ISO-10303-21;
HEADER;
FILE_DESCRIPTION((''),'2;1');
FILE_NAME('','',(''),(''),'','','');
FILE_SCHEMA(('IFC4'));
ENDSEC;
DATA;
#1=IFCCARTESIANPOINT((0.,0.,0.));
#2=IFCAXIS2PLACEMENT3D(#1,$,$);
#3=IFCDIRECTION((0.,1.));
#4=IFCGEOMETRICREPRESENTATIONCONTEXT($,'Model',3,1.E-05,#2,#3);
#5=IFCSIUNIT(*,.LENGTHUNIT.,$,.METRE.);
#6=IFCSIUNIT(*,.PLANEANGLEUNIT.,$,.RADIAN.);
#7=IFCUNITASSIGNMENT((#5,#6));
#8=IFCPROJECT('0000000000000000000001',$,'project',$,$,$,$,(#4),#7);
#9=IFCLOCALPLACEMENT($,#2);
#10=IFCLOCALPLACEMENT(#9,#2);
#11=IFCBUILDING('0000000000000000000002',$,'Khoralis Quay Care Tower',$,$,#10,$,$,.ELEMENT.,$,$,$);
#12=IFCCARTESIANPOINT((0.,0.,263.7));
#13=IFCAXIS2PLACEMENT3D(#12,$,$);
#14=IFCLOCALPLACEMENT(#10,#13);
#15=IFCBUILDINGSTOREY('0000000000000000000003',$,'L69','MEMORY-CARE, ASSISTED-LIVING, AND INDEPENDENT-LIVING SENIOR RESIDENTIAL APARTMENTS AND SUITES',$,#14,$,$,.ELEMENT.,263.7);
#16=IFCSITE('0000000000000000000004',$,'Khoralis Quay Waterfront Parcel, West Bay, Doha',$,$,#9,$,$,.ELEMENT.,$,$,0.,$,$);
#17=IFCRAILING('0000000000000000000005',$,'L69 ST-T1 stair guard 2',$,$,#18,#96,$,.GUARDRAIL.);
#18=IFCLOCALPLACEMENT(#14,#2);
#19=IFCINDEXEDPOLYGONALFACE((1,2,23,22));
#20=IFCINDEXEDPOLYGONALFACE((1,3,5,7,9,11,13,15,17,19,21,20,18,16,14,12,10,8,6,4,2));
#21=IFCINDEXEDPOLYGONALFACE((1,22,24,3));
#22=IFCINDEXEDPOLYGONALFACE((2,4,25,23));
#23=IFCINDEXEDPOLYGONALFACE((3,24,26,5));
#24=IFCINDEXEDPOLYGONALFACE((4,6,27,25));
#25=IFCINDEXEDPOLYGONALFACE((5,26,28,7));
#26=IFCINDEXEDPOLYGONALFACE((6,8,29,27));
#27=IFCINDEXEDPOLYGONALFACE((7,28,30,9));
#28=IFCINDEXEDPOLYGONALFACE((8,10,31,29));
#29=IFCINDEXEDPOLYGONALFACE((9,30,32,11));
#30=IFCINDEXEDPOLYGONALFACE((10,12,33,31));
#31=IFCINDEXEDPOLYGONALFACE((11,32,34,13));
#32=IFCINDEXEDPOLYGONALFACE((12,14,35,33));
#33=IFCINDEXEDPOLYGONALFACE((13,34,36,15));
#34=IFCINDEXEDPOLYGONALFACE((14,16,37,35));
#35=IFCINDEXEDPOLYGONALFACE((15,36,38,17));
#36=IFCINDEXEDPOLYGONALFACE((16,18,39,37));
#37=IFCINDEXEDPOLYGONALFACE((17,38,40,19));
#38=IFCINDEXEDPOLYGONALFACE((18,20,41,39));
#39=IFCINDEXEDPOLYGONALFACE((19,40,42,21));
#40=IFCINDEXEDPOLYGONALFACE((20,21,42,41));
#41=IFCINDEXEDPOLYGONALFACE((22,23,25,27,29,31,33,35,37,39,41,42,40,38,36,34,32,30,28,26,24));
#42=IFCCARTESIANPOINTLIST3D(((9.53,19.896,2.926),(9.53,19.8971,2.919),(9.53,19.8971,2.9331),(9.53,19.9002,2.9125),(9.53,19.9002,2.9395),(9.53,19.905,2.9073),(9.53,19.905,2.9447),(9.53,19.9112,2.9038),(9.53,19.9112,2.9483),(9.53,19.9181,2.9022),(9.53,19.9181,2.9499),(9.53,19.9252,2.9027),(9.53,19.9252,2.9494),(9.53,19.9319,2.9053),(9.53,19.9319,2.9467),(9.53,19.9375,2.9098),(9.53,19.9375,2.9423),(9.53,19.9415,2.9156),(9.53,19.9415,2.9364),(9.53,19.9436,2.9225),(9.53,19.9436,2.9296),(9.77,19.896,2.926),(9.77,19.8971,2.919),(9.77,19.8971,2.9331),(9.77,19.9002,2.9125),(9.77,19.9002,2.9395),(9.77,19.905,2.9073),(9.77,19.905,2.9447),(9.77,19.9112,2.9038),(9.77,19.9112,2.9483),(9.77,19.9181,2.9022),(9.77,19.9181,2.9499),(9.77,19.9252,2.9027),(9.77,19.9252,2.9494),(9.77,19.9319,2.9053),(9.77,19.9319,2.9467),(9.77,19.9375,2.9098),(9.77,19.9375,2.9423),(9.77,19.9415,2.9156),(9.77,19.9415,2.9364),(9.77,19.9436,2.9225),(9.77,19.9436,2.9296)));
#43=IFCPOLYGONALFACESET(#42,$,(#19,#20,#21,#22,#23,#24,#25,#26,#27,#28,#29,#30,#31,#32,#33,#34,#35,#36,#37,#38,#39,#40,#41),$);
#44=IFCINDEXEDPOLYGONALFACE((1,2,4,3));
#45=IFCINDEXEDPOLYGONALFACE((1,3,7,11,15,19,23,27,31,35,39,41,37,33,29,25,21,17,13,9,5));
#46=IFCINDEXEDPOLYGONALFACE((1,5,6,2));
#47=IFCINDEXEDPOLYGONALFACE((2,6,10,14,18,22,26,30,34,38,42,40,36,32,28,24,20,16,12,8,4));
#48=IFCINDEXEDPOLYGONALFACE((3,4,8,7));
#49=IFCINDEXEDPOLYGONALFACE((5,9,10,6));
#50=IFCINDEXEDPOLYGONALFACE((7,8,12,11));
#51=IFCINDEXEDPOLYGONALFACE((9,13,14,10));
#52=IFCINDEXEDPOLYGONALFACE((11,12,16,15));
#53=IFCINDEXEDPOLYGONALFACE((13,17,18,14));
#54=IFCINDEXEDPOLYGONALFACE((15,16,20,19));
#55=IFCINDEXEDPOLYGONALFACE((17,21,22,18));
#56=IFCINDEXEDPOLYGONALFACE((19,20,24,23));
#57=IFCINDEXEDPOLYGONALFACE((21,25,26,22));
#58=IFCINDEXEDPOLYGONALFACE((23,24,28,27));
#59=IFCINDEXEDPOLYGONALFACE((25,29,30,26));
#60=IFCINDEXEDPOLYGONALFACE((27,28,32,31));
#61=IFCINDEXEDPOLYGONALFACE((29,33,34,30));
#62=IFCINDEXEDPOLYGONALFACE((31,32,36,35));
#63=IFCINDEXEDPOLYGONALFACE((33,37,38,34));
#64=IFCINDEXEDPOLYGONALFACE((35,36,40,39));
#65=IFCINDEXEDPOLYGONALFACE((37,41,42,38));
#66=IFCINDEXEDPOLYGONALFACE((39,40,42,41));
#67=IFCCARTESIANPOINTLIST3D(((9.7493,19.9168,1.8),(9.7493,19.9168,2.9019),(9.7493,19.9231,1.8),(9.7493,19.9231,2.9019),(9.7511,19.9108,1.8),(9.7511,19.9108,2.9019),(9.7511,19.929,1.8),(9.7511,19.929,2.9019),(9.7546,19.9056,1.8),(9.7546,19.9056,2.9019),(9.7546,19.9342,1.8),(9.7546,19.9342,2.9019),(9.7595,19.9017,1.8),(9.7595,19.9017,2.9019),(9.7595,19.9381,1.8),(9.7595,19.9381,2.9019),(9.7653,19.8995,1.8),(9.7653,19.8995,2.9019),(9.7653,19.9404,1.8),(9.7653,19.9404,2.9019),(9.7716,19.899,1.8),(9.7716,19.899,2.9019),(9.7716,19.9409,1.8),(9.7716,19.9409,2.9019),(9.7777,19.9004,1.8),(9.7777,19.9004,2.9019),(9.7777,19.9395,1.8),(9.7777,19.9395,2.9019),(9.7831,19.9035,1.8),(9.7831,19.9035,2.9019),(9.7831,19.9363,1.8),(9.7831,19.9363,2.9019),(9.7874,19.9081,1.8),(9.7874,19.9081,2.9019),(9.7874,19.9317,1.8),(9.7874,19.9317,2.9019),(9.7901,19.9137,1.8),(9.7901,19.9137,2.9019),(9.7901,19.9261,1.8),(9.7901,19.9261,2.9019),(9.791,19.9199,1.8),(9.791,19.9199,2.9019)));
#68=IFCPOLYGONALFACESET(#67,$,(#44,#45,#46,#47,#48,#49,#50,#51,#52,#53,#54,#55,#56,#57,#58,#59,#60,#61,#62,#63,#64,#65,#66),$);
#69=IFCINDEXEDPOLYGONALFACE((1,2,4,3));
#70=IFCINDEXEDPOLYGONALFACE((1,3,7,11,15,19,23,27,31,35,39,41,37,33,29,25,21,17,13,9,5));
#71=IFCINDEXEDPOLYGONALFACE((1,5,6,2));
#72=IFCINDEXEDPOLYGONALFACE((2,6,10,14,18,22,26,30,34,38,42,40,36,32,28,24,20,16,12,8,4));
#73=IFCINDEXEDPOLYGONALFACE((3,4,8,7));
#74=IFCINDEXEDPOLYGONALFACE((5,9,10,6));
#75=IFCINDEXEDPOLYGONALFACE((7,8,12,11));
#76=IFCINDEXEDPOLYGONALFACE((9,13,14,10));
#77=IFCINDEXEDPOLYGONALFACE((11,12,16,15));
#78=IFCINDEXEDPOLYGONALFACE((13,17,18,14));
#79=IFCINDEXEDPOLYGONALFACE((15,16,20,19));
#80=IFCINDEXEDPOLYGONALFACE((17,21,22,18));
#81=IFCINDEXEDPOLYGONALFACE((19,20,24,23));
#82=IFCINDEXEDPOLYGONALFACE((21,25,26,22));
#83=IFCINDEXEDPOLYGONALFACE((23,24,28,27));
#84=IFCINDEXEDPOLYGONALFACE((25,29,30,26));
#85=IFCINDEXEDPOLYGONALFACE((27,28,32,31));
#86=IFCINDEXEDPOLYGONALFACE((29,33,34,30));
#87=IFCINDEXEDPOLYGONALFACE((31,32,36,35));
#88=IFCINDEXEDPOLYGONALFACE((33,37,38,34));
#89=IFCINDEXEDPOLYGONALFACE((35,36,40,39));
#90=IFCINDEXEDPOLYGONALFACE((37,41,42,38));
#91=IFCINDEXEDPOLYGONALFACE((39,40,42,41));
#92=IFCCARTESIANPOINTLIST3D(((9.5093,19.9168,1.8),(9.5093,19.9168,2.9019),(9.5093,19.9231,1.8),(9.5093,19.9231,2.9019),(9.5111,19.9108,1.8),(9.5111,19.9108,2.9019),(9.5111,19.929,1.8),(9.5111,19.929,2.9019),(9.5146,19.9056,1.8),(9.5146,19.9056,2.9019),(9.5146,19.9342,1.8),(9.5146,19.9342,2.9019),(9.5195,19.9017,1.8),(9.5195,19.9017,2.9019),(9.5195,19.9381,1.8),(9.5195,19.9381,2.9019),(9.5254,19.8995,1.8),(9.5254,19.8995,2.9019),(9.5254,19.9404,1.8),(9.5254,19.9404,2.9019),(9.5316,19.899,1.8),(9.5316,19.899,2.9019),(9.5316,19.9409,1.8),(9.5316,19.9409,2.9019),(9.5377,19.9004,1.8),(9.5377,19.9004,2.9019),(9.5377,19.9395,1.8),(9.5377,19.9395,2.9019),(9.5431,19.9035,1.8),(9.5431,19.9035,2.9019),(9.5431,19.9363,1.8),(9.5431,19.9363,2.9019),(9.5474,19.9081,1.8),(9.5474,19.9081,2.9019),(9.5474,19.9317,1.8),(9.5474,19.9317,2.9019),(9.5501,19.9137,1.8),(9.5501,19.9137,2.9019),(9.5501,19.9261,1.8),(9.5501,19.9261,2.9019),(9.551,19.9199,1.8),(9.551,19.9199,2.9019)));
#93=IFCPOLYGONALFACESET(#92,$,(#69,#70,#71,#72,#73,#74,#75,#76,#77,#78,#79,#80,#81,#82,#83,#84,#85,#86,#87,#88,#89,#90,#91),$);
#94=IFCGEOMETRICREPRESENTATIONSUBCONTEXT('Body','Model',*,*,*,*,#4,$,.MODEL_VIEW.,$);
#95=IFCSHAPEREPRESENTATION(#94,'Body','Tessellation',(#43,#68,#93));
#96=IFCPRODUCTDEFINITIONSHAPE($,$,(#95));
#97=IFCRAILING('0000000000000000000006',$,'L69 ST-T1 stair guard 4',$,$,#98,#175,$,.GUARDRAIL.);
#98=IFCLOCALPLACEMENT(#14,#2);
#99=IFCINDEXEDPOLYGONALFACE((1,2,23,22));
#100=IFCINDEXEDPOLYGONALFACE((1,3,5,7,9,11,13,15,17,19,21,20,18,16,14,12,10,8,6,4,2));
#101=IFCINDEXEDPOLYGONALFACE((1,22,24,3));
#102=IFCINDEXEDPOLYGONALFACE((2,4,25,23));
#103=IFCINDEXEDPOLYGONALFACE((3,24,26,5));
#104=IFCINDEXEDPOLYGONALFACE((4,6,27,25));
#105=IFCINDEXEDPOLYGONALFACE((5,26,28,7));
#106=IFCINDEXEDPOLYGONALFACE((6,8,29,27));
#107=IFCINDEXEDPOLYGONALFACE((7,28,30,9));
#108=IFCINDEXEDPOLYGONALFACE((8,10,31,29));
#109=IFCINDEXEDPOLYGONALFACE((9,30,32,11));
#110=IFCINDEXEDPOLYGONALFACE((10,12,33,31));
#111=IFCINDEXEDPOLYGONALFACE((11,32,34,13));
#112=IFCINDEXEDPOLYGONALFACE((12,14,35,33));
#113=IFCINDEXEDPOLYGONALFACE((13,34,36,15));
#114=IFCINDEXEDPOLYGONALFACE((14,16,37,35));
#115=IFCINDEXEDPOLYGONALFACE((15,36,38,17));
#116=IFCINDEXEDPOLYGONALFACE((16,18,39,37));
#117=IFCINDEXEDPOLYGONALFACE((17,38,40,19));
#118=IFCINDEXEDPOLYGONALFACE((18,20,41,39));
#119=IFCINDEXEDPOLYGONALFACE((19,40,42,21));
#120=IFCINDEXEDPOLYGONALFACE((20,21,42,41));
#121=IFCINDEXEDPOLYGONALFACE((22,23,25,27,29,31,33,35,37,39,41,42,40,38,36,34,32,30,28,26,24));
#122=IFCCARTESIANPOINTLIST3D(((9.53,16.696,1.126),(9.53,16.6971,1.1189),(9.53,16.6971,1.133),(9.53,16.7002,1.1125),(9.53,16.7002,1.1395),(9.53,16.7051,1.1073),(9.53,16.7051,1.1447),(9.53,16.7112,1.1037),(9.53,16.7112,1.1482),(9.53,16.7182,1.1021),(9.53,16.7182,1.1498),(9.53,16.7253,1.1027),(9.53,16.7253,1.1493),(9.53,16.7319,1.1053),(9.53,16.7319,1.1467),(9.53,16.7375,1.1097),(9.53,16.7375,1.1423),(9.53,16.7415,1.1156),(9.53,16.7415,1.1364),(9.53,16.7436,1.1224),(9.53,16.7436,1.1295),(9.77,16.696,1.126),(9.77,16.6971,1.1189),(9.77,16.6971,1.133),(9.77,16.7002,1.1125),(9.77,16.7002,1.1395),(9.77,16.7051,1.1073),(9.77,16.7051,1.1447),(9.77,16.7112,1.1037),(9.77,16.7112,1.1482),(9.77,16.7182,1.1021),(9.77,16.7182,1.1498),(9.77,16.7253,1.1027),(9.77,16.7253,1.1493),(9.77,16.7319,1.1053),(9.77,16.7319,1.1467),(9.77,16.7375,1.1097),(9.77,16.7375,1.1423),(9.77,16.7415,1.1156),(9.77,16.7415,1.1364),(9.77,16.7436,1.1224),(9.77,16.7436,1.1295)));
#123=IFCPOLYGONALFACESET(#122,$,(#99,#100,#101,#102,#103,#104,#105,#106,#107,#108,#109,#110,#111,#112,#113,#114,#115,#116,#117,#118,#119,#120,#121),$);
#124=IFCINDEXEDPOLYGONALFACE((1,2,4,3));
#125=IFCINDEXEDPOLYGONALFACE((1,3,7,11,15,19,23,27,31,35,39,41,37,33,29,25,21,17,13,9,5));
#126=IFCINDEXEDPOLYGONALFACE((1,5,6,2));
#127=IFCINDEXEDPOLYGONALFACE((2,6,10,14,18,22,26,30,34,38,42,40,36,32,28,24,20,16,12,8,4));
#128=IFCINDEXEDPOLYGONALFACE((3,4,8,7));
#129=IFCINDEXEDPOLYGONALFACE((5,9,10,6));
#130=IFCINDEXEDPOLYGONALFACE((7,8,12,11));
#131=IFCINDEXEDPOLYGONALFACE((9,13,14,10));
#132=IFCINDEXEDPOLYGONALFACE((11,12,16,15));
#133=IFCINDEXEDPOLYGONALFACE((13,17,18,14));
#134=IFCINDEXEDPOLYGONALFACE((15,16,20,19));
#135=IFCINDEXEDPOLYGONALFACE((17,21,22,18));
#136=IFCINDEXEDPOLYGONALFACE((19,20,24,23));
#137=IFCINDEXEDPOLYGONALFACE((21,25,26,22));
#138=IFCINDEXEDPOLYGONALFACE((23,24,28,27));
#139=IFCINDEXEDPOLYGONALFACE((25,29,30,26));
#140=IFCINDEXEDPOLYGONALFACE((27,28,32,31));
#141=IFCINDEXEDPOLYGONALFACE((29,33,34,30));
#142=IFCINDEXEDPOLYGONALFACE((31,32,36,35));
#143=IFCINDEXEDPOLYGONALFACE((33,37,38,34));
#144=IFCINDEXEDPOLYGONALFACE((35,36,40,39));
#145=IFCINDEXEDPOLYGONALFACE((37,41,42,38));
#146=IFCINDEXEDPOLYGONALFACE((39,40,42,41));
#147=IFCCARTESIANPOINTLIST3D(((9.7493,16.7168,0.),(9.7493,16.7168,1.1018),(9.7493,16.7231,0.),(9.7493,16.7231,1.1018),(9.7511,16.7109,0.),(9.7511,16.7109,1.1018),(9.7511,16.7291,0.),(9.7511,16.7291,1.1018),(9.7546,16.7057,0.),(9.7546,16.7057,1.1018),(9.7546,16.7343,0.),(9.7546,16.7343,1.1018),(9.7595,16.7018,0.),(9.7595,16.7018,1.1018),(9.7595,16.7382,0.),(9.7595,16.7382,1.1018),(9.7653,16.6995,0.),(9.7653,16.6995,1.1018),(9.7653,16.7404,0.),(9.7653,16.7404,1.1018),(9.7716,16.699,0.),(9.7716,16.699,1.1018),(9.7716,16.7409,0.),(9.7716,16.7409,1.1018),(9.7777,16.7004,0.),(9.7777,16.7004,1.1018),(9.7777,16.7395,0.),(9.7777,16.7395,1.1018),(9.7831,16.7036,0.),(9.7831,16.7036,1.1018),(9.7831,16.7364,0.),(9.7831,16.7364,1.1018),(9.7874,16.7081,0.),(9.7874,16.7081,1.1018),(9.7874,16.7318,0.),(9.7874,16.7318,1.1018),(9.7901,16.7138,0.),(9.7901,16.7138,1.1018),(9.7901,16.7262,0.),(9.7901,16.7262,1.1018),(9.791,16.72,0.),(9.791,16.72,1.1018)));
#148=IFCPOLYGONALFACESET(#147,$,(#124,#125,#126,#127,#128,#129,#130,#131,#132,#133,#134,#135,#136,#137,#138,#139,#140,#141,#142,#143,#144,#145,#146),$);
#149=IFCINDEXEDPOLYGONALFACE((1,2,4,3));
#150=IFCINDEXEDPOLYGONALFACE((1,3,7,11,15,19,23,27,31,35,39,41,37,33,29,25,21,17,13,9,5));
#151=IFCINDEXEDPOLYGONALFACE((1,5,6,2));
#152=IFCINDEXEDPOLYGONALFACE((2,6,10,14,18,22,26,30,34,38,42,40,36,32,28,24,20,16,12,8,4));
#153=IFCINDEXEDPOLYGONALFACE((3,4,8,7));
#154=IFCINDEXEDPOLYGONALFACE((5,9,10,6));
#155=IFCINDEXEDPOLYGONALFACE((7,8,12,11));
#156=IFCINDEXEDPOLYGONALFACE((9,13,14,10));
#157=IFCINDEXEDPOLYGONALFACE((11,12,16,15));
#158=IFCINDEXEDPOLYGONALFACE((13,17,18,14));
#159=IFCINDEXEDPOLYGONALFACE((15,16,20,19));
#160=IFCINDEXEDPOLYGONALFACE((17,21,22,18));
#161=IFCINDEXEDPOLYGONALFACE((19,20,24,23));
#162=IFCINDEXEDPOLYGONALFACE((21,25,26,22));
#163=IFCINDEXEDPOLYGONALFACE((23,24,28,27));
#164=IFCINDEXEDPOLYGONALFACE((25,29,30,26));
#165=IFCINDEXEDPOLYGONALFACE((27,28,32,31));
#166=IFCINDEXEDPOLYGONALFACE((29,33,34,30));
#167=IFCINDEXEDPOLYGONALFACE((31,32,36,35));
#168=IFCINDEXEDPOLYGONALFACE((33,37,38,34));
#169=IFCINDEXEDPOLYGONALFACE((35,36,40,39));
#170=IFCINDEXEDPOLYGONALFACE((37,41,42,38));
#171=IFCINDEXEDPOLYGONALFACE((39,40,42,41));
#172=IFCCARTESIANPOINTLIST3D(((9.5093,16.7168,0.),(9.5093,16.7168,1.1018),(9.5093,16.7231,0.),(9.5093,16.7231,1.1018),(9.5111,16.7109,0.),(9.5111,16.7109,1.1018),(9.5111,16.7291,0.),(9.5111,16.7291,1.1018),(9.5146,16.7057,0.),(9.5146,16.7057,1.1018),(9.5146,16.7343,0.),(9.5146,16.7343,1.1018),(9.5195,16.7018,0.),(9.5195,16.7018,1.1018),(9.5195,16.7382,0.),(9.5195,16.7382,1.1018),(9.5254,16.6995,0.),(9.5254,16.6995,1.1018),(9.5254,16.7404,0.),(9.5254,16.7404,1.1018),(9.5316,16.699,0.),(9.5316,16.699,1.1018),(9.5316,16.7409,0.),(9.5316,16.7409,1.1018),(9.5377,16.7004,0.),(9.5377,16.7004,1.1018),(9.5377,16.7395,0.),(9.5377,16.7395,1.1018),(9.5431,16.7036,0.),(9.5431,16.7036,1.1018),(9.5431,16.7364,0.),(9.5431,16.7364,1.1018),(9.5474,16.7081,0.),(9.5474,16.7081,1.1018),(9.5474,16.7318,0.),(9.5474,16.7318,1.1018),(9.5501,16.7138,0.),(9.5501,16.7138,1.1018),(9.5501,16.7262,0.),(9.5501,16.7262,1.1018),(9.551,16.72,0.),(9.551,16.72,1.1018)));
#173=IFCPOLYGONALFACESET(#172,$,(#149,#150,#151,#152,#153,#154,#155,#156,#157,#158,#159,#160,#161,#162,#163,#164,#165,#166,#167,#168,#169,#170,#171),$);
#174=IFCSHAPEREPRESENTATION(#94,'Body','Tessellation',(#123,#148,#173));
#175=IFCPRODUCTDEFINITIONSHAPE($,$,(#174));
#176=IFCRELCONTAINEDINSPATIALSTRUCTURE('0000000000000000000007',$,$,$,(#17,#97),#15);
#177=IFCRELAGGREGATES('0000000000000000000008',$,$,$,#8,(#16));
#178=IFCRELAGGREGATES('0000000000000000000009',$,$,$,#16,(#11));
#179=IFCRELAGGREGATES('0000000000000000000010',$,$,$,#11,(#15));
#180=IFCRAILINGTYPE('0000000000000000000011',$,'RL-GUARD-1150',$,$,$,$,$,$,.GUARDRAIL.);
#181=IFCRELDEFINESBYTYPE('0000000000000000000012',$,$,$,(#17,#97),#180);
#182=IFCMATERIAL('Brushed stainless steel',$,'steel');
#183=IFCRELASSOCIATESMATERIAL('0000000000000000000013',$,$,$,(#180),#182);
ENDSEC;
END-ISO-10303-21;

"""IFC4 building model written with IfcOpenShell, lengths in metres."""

from ifc_helpers import new_model, si_unit, direction, frame, origin, origin_2d, place, context, subcontext, project, spatial, circle, extrude, material, type_object, element, save


model = new_model("IFC4")

# Units and contexts
model_context = context("Model", 3, precision=1e-05, world=origin(), true_north=direction((0.0, 1.0)))
body_context = subcontext(model_context, "Body", "Model", "MODEL_VIEW")
ifc_project = project(units=[si_unit("LENGTHUNIT", "METRE"), si_unit("PLANEANGLEUNIT", "RADIAN")], contexts=[model_context])

# Site, building, storey
site_placement = place(None, origin())
site = spatial("IfcSite", under=ifc_project, at=site_placement, Name="Khoralis Quay Waterfront Parcel, West Bay, Doha", CompositionType="ELEMENT", RefElevation=0.0)
building_placement = place(site_placement, origin())
building = spatial("IfcBuilding", under=site, at=building_placement, Name="Khoralis Quay Care Tower", CompositionType="ELEMENT")
storey_placement = place(building_placement, frame((0.0, 0.0, 263.7)))
storey = spatial("IfcBuildingStorey", under=building, at=storey_placement, Name="L69", Description="MEMORY-CARE, ASSISTED-LIVING, AND INDEPENDENT-LIVING SENIOR RESIDENTIAL APARTMENTS AND SUITES", CompositionType="ELEMENT", Elevation=263.7)

# Railings
ifc_material_1 = material(Name="Brushed stainless steel", Category="steel")
railing_type_1 = type_object("IfcRailingType", Name="RL-GUARD-1150", PredefinedType="GUARDRAIL", material=ifc_material_1)
for number, where, name in (
    (1, (9.77, 19.9199, 1.8), "L69 ST-T1 stair guard 2"),
    (2, (9.77, 16.72, 0.0), "L69 ST-T1 stair guard 4"),
):
    element("IfcRailing", number, at=place(storey_placement, frame(where)), inside=storey, type_object=railing_type_1, Name=name, PredefinedType="GUARDRAIL", context=body_context, shape_type="SweptSolid", body=[
        extrude(circle(Radius=0.0239, at=origin_2d()), frame((0.0, 0.0, 1.126), z_axis=(-1.0, 0.0, 0.0), x_axis=(0.0, -1.0, 0.0)), (0.0, 0.0, 1.0), 0.24),
        extrude(circle(Radius=0.021, at=origin_2d()), origin(), (0.0, 0.0, 1.0), 1.1018),
        extrude(circle(Radius=0.021, at=origin_2d()), frame((-0.24, 0.0, 0.0)), (0.0, 0.0, 1.0), 1.1018),
    ])

save(model, "model.ifc")
